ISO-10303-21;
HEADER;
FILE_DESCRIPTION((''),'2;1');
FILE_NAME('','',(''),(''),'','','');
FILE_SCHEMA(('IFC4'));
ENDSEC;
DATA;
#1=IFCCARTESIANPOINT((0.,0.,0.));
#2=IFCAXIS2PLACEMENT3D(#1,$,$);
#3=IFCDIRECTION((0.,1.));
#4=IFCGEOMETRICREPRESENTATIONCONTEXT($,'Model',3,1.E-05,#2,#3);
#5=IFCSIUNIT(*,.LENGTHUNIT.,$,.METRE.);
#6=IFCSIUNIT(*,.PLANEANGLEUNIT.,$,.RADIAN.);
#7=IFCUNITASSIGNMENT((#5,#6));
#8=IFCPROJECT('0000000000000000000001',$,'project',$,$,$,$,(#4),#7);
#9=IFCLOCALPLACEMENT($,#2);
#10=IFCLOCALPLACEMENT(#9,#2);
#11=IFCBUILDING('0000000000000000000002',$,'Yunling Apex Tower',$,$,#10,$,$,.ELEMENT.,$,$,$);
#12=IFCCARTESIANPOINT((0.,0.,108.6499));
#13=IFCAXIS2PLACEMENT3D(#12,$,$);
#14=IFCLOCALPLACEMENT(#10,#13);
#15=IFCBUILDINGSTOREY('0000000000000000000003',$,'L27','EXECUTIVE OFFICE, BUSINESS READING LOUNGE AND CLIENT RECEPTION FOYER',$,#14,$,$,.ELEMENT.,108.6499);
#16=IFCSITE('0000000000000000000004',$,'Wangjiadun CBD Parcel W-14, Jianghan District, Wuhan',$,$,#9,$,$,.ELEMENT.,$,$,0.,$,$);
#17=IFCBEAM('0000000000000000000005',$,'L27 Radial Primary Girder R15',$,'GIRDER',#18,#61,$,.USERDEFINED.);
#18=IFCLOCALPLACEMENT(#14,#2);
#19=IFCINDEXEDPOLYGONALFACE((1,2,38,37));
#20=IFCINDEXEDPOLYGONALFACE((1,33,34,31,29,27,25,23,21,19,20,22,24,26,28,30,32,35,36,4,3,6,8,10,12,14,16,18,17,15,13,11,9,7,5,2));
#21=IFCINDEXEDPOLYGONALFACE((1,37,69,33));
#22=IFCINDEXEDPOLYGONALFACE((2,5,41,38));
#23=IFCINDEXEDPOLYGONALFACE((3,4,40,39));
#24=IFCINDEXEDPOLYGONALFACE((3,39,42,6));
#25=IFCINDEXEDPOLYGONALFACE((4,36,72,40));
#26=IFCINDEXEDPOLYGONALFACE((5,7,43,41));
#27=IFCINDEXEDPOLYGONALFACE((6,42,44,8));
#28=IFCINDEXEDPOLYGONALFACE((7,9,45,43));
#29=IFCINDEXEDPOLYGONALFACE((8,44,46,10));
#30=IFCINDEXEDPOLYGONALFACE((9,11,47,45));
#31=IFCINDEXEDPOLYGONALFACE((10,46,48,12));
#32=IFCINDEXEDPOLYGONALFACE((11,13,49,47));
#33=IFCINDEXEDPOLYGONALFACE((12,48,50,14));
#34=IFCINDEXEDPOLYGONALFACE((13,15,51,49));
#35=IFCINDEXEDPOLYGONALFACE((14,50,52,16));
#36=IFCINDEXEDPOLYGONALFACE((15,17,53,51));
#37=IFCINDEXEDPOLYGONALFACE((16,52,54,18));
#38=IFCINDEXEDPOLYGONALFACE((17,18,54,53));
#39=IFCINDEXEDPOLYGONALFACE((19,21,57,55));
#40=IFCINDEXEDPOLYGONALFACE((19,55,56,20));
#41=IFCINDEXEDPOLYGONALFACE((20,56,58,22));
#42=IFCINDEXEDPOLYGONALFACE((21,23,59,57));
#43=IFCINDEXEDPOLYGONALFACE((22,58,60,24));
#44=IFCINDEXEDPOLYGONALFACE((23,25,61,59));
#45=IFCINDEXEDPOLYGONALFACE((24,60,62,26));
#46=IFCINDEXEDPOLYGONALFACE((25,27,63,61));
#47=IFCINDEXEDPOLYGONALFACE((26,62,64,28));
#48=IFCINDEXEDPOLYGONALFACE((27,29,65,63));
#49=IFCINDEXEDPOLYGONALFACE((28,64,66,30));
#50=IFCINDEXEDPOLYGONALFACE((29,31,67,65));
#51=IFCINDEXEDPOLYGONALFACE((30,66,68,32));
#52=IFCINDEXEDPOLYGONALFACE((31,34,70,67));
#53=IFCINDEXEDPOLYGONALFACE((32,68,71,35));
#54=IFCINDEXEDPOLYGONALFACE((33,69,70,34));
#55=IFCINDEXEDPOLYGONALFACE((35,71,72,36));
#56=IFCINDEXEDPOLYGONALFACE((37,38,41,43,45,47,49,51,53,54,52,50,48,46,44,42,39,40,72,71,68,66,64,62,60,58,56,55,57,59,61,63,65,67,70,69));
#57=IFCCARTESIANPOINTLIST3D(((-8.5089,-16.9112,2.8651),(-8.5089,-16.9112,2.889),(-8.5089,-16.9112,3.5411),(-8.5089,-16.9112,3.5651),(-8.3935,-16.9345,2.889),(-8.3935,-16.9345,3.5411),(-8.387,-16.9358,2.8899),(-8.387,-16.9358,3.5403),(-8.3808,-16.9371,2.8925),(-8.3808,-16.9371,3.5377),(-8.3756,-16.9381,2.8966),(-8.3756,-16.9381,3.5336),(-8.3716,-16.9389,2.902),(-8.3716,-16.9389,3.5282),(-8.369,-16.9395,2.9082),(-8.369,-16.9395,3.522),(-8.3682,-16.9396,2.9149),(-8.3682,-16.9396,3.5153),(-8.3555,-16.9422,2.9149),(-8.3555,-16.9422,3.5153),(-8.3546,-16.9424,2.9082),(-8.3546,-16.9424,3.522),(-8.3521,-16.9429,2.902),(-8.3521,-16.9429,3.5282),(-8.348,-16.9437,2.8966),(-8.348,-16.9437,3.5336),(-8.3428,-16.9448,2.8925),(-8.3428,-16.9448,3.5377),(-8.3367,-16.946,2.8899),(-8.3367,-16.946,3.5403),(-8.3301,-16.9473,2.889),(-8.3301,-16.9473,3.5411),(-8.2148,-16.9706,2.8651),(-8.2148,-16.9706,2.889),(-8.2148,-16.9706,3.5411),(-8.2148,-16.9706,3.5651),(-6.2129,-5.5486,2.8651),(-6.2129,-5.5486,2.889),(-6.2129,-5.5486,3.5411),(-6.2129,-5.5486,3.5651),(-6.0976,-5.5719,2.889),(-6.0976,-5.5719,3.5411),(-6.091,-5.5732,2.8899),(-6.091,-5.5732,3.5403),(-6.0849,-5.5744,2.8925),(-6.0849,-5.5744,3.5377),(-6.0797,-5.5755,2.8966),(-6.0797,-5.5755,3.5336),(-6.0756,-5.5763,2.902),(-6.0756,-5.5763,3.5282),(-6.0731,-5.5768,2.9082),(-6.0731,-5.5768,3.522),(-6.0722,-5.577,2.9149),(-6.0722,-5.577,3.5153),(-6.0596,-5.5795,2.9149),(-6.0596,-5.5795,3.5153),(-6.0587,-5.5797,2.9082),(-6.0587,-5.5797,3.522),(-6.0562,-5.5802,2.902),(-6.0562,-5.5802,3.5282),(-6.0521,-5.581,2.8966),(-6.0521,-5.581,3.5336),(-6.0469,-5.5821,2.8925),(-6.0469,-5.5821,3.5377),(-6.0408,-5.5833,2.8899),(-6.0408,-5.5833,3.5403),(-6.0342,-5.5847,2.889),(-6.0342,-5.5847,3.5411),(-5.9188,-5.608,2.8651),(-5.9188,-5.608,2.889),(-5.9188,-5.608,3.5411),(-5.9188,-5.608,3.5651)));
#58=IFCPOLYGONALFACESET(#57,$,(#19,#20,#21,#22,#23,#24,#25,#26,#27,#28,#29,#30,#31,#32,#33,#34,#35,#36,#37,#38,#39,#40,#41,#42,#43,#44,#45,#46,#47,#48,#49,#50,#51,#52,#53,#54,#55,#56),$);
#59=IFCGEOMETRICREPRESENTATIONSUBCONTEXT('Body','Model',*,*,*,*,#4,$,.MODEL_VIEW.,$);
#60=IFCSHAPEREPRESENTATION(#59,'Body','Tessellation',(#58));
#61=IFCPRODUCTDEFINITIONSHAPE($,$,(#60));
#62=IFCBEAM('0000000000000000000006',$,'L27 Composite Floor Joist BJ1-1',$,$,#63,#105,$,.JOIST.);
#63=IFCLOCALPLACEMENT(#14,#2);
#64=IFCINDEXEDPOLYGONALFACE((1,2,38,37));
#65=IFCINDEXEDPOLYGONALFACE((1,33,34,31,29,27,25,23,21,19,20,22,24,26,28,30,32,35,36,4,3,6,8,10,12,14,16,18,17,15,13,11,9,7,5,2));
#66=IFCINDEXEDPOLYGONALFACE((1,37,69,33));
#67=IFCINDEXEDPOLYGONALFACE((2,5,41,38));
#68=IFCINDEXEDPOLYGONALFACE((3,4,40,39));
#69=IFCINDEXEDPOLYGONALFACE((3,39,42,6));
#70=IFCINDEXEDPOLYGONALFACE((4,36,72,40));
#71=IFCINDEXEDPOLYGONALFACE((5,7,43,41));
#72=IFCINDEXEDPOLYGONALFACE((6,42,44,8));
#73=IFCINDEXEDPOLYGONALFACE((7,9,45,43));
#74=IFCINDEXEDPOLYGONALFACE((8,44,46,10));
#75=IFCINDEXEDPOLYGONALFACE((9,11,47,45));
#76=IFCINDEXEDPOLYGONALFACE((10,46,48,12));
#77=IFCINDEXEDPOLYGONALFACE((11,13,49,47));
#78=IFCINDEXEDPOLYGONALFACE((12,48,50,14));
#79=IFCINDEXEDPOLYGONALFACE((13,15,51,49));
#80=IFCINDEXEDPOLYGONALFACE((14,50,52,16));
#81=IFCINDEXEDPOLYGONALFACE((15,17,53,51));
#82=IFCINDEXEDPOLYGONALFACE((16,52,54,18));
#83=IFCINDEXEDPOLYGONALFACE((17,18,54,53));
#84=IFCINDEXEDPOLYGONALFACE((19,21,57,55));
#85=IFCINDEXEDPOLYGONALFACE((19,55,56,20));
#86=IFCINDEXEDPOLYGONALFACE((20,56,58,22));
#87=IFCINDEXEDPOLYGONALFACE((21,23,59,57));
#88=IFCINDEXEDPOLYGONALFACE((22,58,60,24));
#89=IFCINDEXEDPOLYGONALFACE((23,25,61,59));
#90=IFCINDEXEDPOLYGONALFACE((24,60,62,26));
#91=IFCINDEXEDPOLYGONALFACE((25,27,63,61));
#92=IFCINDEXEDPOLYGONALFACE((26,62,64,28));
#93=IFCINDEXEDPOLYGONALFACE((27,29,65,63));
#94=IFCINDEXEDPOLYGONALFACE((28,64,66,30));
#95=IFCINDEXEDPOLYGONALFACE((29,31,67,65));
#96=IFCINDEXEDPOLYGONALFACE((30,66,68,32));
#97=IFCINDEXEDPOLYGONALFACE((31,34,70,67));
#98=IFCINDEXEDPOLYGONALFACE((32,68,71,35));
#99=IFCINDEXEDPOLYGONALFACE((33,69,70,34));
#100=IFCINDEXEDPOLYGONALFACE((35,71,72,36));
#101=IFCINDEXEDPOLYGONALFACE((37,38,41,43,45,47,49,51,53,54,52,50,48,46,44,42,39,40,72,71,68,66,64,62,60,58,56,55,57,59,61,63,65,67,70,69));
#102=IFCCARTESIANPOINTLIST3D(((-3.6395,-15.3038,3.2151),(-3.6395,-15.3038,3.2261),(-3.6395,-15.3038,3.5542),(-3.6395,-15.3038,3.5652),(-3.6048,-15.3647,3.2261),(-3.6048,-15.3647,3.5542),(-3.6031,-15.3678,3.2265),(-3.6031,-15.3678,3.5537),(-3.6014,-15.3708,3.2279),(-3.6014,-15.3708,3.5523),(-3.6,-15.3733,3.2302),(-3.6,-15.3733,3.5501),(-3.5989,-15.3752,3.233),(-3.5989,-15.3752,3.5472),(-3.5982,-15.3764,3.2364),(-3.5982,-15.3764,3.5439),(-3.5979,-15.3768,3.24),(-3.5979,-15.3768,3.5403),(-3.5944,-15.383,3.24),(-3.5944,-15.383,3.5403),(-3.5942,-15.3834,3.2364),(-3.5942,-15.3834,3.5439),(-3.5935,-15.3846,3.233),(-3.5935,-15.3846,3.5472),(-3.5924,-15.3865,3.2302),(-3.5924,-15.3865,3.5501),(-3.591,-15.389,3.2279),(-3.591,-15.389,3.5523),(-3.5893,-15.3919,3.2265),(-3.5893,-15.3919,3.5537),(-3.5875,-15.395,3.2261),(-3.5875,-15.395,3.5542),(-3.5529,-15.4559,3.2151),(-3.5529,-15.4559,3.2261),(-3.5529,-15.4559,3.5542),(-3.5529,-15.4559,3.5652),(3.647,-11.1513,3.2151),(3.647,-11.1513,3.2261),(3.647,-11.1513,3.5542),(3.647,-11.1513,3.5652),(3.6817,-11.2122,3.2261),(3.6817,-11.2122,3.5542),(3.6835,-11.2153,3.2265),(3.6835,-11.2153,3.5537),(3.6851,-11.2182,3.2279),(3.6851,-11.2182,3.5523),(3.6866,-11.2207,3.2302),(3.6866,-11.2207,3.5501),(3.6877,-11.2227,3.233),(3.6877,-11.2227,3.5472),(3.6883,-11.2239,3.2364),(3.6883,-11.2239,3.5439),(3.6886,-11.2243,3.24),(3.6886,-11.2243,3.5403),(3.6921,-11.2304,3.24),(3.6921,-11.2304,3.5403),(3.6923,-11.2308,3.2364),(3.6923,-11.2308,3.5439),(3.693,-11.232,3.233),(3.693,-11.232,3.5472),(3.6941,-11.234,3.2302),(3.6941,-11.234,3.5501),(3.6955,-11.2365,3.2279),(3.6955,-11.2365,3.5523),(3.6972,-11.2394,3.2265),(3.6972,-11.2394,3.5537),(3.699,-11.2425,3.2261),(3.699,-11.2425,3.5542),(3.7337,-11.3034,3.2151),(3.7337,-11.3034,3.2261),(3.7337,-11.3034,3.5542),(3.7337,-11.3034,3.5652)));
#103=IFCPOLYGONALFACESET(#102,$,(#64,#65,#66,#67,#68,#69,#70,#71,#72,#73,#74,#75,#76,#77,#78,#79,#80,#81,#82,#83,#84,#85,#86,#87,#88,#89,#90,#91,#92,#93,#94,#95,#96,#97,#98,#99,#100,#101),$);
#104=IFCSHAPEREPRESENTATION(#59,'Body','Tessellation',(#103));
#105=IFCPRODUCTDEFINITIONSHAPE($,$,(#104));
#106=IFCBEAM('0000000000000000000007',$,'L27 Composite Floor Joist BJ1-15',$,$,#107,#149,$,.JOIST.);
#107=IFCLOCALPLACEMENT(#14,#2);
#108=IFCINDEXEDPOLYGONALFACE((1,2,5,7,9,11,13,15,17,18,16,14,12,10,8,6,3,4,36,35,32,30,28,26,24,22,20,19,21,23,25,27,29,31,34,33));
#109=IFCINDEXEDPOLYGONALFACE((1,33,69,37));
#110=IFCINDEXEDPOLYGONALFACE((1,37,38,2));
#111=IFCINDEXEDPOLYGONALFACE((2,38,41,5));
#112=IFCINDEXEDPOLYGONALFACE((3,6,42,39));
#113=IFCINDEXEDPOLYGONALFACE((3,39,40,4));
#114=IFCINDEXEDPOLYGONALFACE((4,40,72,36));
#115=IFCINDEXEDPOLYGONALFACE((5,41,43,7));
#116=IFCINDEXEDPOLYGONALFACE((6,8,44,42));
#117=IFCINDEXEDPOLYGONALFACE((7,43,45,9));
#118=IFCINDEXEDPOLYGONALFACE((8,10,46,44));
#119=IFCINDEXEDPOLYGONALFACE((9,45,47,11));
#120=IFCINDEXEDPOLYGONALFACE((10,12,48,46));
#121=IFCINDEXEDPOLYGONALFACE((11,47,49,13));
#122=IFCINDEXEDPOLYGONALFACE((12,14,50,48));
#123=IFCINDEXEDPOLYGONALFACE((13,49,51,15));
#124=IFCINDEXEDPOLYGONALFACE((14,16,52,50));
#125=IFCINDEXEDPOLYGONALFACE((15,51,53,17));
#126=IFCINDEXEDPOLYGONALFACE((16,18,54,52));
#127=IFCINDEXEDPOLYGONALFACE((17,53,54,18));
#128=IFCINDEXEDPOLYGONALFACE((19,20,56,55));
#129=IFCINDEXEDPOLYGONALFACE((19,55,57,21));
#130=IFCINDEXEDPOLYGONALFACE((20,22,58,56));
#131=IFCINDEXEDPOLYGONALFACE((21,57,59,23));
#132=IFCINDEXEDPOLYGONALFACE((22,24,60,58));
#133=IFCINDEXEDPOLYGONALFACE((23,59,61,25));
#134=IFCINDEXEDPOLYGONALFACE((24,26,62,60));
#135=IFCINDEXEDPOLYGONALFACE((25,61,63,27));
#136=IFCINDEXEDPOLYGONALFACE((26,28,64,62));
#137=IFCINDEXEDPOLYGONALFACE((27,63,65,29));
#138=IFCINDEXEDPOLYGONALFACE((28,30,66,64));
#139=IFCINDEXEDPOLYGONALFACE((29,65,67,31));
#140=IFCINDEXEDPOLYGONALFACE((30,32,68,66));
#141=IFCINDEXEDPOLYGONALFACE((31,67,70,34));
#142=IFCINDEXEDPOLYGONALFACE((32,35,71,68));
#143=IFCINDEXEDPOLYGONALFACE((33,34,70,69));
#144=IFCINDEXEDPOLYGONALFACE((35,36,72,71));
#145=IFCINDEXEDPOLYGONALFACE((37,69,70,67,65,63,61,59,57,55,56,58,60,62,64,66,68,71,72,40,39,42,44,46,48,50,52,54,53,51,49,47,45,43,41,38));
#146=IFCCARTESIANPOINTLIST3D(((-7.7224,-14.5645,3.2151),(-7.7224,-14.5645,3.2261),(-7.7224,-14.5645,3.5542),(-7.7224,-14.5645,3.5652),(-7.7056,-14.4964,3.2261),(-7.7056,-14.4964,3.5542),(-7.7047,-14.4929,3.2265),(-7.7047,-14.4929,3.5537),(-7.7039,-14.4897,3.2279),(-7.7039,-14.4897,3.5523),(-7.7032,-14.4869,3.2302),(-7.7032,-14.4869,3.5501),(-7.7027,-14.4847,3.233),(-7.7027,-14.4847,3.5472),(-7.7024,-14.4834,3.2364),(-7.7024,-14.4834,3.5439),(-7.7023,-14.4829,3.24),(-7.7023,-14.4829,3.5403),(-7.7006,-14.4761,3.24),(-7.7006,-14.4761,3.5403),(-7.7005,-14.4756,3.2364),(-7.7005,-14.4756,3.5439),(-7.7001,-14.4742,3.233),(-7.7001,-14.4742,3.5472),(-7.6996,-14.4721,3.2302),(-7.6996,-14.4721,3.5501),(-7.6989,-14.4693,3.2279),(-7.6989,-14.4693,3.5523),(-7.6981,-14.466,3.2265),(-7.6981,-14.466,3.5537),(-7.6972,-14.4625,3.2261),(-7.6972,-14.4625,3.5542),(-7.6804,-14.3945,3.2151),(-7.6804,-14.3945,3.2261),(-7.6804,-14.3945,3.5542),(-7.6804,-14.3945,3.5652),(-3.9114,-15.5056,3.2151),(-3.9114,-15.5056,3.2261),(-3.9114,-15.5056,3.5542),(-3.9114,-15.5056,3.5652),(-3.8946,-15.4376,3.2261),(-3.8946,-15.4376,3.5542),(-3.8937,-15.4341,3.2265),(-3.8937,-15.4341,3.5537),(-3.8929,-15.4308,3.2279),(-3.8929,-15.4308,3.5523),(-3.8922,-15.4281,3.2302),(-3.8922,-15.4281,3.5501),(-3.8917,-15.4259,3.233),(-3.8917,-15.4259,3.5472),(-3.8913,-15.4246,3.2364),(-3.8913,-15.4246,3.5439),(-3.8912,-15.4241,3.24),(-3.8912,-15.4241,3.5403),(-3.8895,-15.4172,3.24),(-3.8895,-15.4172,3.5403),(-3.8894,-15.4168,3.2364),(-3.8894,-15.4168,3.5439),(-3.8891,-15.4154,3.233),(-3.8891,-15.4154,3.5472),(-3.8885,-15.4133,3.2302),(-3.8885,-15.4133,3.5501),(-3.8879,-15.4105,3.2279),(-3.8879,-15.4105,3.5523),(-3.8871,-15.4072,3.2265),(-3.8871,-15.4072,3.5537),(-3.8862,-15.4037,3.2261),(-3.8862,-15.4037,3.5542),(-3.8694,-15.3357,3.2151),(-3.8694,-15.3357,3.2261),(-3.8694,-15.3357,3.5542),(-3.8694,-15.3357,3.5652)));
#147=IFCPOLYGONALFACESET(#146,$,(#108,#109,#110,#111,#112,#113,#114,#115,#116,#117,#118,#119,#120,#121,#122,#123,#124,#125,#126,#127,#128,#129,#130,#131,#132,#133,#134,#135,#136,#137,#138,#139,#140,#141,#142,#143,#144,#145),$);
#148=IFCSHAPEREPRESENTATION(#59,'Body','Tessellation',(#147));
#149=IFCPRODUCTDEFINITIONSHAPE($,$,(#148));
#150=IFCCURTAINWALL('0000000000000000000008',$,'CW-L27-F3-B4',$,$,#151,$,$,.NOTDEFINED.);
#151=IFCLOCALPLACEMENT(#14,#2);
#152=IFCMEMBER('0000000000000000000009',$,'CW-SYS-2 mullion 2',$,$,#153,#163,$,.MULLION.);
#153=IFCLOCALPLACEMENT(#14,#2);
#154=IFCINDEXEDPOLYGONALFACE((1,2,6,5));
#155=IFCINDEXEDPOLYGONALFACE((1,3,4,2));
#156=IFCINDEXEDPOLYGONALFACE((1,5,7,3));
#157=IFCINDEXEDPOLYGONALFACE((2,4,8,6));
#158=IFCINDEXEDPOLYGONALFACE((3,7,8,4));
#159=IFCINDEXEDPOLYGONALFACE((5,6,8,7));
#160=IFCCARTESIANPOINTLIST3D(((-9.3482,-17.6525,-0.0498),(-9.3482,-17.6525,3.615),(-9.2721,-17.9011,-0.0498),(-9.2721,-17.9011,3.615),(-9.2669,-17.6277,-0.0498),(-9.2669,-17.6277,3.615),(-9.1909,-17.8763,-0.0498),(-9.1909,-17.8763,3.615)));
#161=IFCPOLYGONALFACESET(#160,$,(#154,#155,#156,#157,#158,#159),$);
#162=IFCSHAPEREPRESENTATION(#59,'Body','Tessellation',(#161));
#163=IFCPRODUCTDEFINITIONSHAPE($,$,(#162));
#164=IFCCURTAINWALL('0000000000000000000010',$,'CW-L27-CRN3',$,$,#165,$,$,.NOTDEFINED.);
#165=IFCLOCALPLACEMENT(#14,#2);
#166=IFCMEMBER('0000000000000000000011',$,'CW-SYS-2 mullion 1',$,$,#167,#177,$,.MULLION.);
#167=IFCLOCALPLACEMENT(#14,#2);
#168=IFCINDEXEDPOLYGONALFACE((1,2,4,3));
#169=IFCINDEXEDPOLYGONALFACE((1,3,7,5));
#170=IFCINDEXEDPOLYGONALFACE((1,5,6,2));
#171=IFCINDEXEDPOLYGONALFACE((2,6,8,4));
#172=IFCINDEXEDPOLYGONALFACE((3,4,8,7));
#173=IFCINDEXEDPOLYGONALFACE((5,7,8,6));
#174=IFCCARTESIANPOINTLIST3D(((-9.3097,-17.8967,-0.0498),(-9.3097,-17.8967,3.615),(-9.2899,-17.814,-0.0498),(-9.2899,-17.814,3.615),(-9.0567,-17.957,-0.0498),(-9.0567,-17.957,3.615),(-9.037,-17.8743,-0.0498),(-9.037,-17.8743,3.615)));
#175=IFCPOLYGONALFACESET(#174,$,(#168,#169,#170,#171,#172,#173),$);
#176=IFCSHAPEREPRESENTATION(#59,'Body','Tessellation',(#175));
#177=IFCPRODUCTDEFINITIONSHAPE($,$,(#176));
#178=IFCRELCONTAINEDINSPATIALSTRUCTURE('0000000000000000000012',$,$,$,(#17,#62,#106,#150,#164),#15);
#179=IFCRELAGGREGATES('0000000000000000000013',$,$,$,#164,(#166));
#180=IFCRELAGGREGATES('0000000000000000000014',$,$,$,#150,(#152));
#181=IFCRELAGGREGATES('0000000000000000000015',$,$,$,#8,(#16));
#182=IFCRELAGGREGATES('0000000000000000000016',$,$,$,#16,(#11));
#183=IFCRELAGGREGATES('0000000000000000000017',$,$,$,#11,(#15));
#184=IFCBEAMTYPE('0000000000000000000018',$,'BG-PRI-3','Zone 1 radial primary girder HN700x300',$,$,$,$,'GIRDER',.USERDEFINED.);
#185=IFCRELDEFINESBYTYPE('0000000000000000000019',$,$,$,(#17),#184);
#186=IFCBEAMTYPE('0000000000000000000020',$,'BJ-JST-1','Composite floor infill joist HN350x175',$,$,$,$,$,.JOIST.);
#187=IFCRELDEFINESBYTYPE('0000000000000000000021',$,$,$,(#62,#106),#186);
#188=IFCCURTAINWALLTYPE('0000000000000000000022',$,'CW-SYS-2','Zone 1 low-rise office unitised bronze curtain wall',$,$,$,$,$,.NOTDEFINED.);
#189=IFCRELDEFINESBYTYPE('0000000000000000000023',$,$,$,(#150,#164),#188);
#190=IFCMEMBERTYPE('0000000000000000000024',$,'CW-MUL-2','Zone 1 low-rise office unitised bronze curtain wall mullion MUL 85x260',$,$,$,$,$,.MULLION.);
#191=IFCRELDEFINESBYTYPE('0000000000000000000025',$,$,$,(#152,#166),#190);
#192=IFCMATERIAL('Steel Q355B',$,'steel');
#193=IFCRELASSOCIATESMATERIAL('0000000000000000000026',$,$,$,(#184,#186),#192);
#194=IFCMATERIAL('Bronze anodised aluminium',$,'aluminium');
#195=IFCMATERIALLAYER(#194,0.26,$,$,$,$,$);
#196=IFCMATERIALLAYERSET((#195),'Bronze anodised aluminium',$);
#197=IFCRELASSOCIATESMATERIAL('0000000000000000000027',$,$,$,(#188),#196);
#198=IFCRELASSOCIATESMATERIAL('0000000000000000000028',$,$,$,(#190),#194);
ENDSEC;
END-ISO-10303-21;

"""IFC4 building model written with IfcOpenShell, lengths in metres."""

from ifc_helpers import new_model, si_unit, direction, frame, origin, origin_2d, place, context, subcontext, project, spatial, rectangle, i_section, extrude, source, transform, mapped, material, layer, layer_set, material_profile, profile_set, type_object, element, aggregate, save


model = new_model("IFC4")

# Units and contexts
model_context = context("Model", 3, precision=1e-05, world=origin(), true_north=direction((0.0, 1.0)))
body_context = subcontext(model_context, "Body", "Model", "MODEL_VIEW")
ifc_project = project(units=[si_unit("LENGTHUNIT", "METRE"), si_unit("PLANEANGLEUNIT", "RADIAN")], contexts=[model_context])

# Site, building, storey
site_placement = place(None, origin())
site = spatial("IfcSite", under=ifc_project, at=site_placement, Name="Wangjiadun CBD Parcel W-14, Jianghan District, Wuhan", CompositionType="ELEMENT", RefElevation=0.0)
building_placement = place(site_placement, origin())
building = spatial("IfcBuilding", under=site, at=building_placement, Name="Yunling Apex Tower", CompositionType="ELEMENT")
storey_placement = place(building_placement, frame((0.0, 0.0, 108.6499)))
storey = spatial("IfcBuildingStorey", under=building, at=storey_placement, Name="L27", Description="EXECUTIVE OFFICE, BUSINESS READING LOUNGE AND CLIENT RECEPTION FOYER", CompositionType="ELEMENT", Elevation=108.6499)

# Beams
ifc_material_1 = material(Name="Steel Q355B", Category="steel")
ifc_material_profile_1 = material_profile(ifc_material_1, i_section(OverallWidth=0.3, OverallDepth=0.7, WebThickness=0.0129, FlangeThickness=0.0239, FilletRadius=0.0259, at=origin_2d()))
ifc_profile_set_1 = profile_set([ifc_material_profile_1], Name="Steel Q355B")
beam_type_1 = type_object("IfcBeamType", Name="BG-PRI-3", Description="Zone 1 radial primary girder HN700x300", ElementType="GIRDER", PredefinedType="USERDEFINED", material=ifc_profile_set_1)
shared_shape_1 = source(origin(), body_context, "Body", "SweptSolid", [
    extrude(i_section(OverallWidth=0.3, OverallDepth=0.7, WebThickness=0.0129, FlangeThickness=0.0239, FilletRadius=0.0259, at=origin_2d()), origin(), (0.0, 0.0, 1.0), 11.5923),
])
beam_1_placement = place(storey_placement, frame((-8.3618, -16.9409, 3.2151), z_axis=(0.198056, 0.980191, 0.0), x_axis=(-0.980191, 0.198056, 0.0)))
element("IfcBeam", 1, at=beam_1_placement, inside=storey, type_object=beam_type_1, Name="L27 Radial Primary Girder R15", ObjectType="GIRDER", PredefinedType="USERDEFINED", context=body_context, shape_type="MappedRepresentation", body=[
    mapped(shared_shape_1, transform((0.0, 0.0, 0.0), scale=1.0)),
])
ifc_material_profile_2 = material_profile(ifc_material_1, i_section(OverallWidth=0.175, OverallDepth=0.3501, WebThickness=0.0071, FlangeThickness=0.011, FilletRadius=0.0139, at=origin_2d()))
ifc_profile_set_2 = profile_set([ifc_material_profile_2], Name="Steel Q355B")
beam_type_2 = type_object("IfcBeamType", Name="BJ-JST-1", Description="Composite floor infill joist HN350x175", PredefinedType="JOIST", material=ifc_profile_set_2)
shared_shape_2 = source(origin(), body_context, "Body", "SweptSolid", [
    extrude(i_section(OverallWidth=0.175, OverallDepth=0.3501, WebThickness=0.0071, FlangeThickness=0.011, FilletRadius=0.0139, at=origin_2d()), origin(), (0.0, 0.0, 1.0), 8.3867),
])
beam_2_placement = place(storey_placement, frame((-3.5962, -15.3799, 3.3901), z_axis=(0.868818, 0.495132, 0.0), x_axis=(-0.495132, 0.868818, 0.0)))
element("IfcBeam", 2, at=beam_2_placement, inside=storey, type_object=beam_type_2, Name="L27 Composite Floor Joist BJ1-1", PredefinedType="JOIST", context=body_context, shape_type="MappedRepresentation", body=[
    mapped(shared_shape_2, transform((0.0, 0.0, 0.0), scale=1.0)),
])
shared_shape_3 = source(origin(), body_context, "Body", "SweptSolid", [
    extrude(i_section(OverallWidth=0.175, OverallDepth=0.3501, WebThickness=0.0071, FlangeThickness=0.011, FilletRadius=0.0139, at=origin_2d()), origin(), (0.0, 0.0, 1.0), 3.9255),
])
beam_3_placement = place(storey_placement, frame((-7.7014, -14.4795, 3.3901), z_axis=(0.970834, -0.239754, 0.0), x_axis=(0.239754, 0.970834, 0.0)))
element("IfcBeam", 3, at=beam_3_placement, inside=storey, type_object=beam_type_2, Name="L27 Composite Floor Joist BJ1-15", PredefinedType="JOIST", context=body_context, shape_type="MappedRepresentation", body=[
    mapped(shared_shape_3, transform((0.0, 0.0, 0.0), scale=1.0)),
])

# Curtain wall, member
ifc_material_2 = material(Name="Bronze anodised aluminium", Category="aluminium")
ifc_layer_1 = layer(ifc_material_2, 0.26)
ifc_layer_set_1 = layer_set([ifc_layer_1], Name="Bronze anodised aluminium")
curtain_wall_type = type_object("IfcCurtainWallType", Name="CW-SYS-2", Description="Zone 1 low-rise office unitised bronze curtain wall", PredefinedType="NOTDEFINED", material=ifc_layer_set_1)
curtain_wall_1_placement = place(storey_placement, origin())
curtain_wall_1 = element("IfcCurtainWall", 4, at=curtain_wall_1_placement, inside=storey, type_object=curtain_wall_type, Name="CW-L27-F3-B4", PredefinedType="NOTDEFINED")
ifc_material_profile_3 = material_profile(ifc_material_2, rectangle(XDim=0.085, YDim=0.26, at=origin_2d()))
ifc_profile_set_3 = profile_set([ifc_material_profile_3], Name="Bronze anodised aluminium")
member_type_1 = type_object("IfcMemberType", Name="CW-MUL-2", Description="Zone 1 low-rise office unitised bronze curtain wall mullion MUL 85x260", PredefinedType="MULLION", material=ifc_profile_set_3)
shared_shape_4 = source(origin(), body_context, "Body", "SweptSolid", [
    extrude(rectangle(XDim=0.085, YDim=0.26, at=origin_2d()), origin(), (0.0, 0.0, 1.0), 3.6648),
])
member_1_placement = place(storey_placement, frame((-9.2695, -17.7644, -0.0498), z_axis=(0.0, 0.0, 1.0), x_axis=(0.956304, 0.292373, 0.0)))
member_1 = element("IfcMember", 5, at=member_1_placement, type_object=member_type_1, Name="CW-SYS-2 mullion 2", PredefinedType="MULLION", context=body_context, shape_type="MappedRepresentation", body=[
    mapped(shared_shape_4, transform((0.0, 0.0, 0.0), scale=1.0)),
])

# Curtain wall, member
curtain_wall_2_placement = place(storey_placement, origin())
curtain_wall_2 = element("IfcCurtainWall", 6, at=curtain_wall_2_placement, inside=storey, type_object=curtain_wall_type, Name="CW-L27-CRN3", PredefinedType="NOTDEFINED")
member_2_placement = place(storey_placement, frame((-9.1733, -17.8855, -0.0498), z_axis=(0.0, 0.0, 1.0), x_axis=(0.231895, 0.972741, 0.0)))
member_2 = element("IfcMember", 7, at=member_2_placement, type_object=member_type_1, Name="CW-SYS-2 mullion 1", PredefinedType="MULLION", context=body_context, shape_type="MappedRepresentation", body=[
    mapped(shared_shape_4, transform((0.0, 0.0, 0.0), scale=1.0)),
])
aggregate(curtain_wall_2, [member_2])

aggregate(curtain_wall_1, [member_1])

save(model, "model.ifc")
